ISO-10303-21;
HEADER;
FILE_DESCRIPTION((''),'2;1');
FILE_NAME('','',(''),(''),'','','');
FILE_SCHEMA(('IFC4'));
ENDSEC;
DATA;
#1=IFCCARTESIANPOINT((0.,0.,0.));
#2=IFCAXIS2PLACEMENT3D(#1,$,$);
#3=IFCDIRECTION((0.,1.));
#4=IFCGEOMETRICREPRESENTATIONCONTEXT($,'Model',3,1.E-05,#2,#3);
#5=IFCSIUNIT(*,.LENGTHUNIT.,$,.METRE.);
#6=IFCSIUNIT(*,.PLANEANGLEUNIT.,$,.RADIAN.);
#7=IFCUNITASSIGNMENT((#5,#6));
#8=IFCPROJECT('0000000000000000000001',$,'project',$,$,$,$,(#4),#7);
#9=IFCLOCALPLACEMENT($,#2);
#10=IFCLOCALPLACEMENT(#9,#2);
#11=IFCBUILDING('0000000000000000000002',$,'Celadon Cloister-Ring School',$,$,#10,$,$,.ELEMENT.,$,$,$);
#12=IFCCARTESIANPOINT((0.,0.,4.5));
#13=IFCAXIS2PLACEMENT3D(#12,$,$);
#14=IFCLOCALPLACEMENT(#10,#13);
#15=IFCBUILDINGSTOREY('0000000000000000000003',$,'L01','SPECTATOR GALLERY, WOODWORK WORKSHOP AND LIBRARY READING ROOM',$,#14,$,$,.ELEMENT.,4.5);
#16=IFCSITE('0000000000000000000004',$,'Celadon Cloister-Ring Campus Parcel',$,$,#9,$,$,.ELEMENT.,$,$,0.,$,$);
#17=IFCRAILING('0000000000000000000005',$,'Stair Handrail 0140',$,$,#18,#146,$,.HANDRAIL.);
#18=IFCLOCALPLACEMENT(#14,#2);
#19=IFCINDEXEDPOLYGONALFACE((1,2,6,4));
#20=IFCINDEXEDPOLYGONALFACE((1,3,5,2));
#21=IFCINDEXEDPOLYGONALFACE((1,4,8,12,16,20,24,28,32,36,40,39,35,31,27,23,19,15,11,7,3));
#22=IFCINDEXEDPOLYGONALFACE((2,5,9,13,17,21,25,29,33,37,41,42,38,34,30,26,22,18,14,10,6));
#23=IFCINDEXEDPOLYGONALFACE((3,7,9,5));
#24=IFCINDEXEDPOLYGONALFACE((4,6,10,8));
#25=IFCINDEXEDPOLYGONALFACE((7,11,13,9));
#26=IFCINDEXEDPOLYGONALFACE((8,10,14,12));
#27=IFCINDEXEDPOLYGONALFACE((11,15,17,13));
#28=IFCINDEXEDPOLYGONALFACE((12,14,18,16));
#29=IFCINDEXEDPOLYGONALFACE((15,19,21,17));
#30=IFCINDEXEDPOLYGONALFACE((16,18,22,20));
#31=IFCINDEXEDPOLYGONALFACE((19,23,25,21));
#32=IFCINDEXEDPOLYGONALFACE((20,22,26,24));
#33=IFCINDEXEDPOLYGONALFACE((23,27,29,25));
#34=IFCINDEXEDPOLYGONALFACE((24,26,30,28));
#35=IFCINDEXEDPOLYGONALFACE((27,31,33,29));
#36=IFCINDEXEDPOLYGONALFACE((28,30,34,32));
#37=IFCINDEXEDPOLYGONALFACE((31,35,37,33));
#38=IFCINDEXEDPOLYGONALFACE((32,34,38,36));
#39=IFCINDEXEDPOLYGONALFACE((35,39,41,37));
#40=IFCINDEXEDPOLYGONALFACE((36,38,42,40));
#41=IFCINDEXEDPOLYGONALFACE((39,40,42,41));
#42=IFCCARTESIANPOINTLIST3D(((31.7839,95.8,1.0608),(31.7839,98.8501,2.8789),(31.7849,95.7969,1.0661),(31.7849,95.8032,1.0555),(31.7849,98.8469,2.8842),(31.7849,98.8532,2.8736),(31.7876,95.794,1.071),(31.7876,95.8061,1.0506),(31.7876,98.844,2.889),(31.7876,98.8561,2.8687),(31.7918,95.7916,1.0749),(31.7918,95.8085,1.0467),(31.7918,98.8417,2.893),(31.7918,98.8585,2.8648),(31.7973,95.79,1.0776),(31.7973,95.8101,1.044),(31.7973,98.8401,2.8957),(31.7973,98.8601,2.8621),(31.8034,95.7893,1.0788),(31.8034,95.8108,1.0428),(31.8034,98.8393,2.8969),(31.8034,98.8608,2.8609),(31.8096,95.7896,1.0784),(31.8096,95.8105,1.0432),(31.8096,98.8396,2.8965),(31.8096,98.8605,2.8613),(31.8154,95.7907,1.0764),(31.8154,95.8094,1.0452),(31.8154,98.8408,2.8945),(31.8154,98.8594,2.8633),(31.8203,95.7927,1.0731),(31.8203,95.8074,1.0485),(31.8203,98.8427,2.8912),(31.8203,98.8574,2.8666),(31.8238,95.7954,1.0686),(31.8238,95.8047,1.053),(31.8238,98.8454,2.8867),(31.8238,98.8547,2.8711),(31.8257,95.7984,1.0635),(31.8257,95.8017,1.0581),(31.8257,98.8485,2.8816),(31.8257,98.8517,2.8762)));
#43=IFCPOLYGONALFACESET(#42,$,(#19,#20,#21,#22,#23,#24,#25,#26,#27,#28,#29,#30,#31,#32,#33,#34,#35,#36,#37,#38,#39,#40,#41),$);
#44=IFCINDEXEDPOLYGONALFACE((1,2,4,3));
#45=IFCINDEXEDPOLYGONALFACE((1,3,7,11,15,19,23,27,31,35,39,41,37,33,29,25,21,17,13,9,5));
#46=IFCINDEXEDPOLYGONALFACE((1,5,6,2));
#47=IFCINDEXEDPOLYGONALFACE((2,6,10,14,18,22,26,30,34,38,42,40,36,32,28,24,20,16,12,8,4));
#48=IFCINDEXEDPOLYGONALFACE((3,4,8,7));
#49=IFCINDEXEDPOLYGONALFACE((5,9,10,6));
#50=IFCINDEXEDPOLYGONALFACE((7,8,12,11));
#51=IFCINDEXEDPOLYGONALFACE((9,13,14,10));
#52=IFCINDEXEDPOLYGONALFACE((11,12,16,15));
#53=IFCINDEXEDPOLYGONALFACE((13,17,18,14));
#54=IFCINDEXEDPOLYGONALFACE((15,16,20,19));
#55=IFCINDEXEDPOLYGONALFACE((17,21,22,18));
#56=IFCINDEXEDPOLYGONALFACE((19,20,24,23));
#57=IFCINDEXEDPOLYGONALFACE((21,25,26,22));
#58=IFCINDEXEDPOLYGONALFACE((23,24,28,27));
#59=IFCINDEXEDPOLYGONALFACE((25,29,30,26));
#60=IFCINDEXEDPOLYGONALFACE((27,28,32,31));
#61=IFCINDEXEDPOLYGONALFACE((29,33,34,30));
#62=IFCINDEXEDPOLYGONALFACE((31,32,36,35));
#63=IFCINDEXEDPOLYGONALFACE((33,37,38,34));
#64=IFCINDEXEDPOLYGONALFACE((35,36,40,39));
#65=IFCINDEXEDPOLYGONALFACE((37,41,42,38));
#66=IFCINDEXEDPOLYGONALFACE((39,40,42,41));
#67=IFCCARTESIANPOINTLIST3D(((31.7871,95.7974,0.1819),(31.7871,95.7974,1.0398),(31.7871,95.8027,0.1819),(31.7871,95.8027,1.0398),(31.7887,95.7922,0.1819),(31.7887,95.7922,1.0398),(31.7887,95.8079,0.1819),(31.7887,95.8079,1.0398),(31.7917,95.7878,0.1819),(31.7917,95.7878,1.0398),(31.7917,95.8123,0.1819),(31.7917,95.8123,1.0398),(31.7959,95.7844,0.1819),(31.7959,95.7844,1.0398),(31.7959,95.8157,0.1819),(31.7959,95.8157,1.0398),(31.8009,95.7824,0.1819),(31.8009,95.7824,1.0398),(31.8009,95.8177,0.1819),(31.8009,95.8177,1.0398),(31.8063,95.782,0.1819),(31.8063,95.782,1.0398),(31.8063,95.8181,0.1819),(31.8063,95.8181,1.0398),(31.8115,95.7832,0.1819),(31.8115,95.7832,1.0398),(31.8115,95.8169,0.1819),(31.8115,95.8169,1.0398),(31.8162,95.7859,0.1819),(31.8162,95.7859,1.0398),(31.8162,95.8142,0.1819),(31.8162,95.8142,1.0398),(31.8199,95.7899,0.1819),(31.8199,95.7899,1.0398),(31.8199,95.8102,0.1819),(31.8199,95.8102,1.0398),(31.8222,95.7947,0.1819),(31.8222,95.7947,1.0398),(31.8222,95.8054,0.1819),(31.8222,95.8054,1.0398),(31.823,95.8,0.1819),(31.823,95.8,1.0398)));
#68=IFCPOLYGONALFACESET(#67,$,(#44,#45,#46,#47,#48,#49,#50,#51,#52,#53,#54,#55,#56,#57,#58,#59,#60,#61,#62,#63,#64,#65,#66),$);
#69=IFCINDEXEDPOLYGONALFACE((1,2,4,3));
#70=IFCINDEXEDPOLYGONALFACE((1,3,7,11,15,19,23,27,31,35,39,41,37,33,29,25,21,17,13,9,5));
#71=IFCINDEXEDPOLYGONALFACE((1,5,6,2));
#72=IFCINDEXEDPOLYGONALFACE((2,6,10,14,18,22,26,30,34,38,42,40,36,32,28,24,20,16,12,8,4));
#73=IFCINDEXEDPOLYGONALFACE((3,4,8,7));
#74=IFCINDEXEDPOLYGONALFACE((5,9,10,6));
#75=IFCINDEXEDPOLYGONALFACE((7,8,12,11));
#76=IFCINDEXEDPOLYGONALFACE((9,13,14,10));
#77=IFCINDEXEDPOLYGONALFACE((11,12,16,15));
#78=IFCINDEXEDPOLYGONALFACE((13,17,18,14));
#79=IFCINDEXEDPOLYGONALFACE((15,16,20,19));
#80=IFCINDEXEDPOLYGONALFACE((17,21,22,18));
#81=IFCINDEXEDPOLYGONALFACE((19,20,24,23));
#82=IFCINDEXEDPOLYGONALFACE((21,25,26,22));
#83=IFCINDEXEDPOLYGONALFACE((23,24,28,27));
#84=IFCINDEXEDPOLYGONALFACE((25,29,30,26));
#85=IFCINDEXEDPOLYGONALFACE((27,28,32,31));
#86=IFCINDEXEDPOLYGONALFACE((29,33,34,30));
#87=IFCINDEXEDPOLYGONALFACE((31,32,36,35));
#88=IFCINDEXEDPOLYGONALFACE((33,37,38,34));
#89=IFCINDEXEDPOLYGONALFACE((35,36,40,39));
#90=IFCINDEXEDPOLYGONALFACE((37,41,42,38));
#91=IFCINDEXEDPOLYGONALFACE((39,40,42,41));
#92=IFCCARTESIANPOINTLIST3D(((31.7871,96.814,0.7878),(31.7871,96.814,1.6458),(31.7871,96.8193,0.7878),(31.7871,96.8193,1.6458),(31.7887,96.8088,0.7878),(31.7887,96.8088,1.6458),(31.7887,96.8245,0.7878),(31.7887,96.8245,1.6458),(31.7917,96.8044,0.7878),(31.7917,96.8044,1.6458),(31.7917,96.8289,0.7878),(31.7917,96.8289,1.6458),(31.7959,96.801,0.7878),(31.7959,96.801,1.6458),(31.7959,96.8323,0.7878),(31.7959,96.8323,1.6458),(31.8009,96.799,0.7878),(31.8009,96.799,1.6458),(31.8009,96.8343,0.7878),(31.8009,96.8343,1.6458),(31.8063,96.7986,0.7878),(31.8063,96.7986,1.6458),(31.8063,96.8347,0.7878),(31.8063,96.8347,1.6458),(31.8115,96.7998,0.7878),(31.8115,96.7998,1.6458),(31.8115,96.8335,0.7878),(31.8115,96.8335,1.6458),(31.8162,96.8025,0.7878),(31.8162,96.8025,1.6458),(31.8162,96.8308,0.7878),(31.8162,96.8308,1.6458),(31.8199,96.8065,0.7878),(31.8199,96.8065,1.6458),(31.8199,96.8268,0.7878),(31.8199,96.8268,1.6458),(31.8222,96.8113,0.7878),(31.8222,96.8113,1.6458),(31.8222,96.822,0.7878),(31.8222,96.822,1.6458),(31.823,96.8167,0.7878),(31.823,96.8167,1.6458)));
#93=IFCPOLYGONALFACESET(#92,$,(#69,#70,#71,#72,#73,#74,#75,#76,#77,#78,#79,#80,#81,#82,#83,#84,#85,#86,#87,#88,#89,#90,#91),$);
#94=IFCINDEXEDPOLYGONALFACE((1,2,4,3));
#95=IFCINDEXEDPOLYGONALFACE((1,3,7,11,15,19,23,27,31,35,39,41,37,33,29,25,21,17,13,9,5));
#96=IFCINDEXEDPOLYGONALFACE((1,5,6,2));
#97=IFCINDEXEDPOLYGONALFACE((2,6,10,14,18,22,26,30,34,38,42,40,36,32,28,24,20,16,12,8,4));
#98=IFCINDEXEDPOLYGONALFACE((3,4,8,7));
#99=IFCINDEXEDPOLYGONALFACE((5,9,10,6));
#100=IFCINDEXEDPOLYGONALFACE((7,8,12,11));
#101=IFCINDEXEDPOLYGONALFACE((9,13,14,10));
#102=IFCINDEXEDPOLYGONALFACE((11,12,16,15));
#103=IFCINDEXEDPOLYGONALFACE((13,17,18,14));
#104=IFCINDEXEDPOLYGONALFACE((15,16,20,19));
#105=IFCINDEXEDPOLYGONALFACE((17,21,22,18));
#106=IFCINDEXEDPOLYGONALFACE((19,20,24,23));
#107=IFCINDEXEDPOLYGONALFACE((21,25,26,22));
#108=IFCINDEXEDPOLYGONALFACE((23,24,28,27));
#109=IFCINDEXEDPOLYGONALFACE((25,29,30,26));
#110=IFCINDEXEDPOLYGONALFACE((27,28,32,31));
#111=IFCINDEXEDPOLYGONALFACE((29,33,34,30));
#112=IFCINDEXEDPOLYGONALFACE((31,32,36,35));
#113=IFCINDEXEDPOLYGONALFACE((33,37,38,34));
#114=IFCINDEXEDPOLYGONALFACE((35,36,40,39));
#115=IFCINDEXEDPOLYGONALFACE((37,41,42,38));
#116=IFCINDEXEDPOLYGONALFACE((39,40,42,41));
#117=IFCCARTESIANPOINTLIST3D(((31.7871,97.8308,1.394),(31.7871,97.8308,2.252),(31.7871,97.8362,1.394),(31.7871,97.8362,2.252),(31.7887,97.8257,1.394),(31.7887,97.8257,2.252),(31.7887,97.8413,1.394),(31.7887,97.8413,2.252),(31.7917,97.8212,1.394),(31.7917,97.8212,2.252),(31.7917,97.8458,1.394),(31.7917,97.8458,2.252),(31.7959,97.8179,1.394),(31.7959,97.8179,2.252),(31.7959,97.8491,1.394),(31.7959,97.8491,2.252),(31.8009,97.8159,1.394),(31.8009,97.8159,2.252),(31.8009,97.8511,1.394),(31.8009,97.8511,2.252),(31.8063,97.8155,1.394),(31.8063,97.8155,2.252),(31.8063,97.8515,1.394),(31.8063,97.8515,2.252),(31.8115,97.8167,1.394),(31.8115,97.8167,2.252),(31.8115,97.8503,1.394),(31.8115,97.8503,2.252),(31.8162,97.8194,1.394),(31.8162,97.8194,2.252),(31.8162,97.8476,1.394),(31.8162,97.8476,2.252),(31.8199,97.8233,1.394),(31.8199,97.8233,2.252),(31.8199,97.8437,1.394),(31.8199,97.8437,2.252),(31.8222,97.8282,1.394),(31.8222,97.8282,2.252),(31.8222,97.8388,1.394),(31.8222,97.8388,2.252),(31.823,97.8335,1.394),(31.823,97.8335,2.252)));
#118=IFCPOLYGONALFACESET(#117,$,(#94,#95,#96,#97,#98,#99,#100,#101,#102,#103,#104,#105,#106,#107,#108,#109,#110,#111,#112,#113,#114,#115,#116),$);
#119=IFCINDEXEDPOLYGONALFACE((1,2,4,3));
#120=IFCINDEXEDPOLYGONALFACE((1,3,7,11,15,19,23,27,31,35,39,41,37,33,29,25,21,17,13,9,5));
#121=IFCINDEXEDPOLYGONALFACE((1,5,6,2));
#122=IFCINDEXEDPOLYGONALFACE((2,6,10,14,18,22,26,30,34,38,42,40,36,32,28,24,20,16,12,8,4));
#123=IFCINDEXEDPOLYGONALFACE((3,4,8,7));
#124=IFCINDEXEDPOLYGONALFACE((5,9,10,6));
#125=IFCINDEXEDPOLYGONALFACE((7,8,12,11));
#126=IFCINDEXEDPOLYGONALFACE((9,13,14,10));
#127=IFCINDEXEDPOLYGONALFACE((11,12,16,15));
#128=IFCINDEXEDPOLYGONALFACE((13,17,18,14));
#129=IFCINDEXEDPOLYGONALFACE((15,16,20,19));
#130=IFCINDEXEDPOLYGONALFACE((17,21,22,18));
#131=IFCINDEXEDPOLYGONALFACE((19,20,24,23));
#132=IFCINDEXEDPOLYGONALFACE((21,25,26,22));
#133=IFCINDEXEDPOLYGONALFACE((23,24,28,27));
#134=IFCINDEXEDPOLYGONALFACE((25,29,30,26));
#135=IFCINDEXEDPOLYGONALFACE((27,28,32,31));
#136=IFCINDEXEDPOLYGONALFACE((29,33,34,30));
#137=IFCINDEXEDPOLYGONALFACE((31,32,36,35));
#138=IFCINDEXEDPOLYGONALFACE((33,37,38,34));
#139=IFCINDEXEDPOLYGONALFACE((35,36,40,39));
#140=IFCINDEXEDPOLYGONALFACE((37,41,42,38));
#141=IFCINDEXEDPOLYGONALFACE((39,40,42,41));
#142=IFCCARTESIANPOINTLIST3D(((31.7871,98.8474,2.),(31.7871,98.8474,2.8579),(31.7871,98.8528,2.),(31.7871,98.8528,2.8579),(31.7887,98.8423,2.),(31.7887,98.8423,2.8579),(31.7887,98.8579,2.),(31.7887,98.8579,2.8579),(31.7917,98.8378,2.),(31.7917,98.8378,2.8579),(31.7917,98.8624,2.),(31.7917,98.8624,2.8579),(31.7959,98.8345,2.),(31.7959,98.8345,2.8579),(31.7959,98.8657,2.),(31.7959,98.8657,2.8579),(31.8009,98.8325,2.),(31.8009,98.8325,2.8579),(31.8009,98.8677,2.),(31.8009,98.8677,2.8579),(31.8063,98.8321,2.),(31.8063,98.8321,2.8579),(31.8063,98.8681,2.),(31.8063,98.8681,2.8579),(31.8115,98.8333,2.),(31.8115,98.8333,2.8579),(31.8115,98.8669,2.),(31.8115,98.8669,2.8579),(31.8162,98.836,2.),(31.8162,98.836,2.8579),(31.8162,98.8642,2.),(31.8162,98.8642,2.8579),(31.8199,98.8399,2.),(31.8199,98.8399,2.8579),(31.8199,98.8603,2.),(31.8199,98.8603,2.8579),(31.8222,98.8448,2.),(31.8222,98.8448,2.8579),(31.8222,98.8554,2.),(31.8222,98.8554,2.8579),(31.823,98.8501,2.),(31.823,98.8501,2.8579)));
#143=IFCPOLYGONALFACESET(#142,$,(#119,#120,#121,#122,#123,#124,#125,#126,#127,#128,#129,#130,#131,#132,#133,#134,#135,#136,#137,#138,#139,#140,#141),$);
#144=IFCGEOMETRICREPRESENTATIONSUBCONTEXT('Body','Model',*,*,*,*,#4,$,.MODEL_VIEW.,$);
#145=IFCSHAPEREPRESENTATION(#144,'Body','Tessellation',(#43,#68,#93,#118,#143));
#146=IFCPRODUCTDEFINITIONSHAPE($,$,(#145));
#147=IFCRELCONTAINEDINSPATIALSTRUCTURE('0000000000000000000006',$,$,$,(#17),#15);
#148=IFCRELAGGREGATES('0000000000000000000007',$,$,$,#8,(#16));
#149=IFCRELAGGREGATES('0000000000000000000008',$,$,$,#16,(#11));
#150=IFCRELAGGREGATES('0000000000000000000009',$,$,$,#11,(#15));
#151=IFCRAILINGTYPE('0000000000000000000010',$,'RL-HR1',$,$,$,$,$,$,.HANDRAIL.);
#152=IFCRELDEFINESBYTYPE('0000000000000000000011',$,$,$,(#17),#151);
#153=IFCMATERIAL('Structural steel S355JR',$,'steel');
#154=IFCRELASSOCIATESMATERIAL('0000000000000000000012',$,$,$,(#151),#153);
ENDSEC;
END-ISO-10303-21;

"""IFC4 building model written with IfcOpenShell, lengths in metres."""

from ifc_helpers import new_model, si_unit, direction, frame, origin, origin_2d, place, context, subcontext, project, spatial, circle, extrude, material, type_object, element, save


model = new_model("IFC4")

# Units and contexts
model_context = context("Model", 3, precision=1e-05, world=origin(), true_north=direction((0.0, 1.0)))
body_context = subcontext(model_context, "Body", "Model", "MODEL_VIEW")
ifc_project = project(units=[si_unit("LENGTHUNIT", "METRE"), si_unit("PLANEANGLEUNIT", "RADIAN")], contexts=[model_context])

# Site, building, storey
site_placement = place(None, origin())
site = spatial("IfcSite", under=ifc_project, at=site_placement, Name="Celadon Cloister-Ring Campus Parcel", CompositionType="ELEMENT", RefElevation=0.0)
building_placement = place(site_placement, origin())
building = spatial("IfcBuilding", under=site, at=building_placement, Name="Celadon Cloister-Ring School", CompositionType="ELEMENT")
storey_placement = place(building_placement, frame((0.0, 0.0, 4.5)))
storey = spatial("IfcBuildingStorey", under=building, at=storey_placement, Name="L01", Description="SPECTATOR GALLERY, WOODWORK WORKSHOP AND LIBRARY READING ROOM", CompositionType="ELEMENT", Elevation=4.5)

# Railing
ifc_material_1 = material(Name="Structural steel S355JR", Category="steel")
railing_type_1 = type_object("IfcRailingType", Name="RL-HR1", PredefinedType="HANDRAIL", material=ifc_material_1)
railing_1_placement = place(storey_placement, frame((31.8049, 95.8, 0.1819)))
element("IfcRailing", 1, at=railing_1_placement, inside=storey, type_object=railing_type_1, Name="Stair Handrail 0140", PredefinedType="HANDRAIL", context=body_context, shape_type="SweptSolid", body=[
    extrude(circle(Radius=0.021, at=origin_2d()), frame((0.0, 0.0, 0.8789), z_axis=(0.0, 0.85897, 0.512026), x_axis=(-1.0, 0.0, 0.0)), (0.0, 0.0, 1.0), 3.5508),
    extrude(circle(Radius=0.0181, at=origin_2d()), origin(), (0.0, 0.0, 1.0), 0.8579),
    extrude(circle(Radius=0.0181, at=origin_2d()), frame((0.0, 1.0166, 0.606)), (0.0, 0.0, 1.0), 0.8579),
    extrude(circle(Radius=0.0181, at=origin_2d()), frame((0.0, 2.0334, 1.2122)), (0.0, 0.0, 1.0), 0.8579),
    extrude(circle(Radius=0.0181, at=origin_2d()), frame((0.0, 3.05, 1.8181)), (0.0, 0.0, 1.0), 0.8579),
])

save(model, "model.ifc")
